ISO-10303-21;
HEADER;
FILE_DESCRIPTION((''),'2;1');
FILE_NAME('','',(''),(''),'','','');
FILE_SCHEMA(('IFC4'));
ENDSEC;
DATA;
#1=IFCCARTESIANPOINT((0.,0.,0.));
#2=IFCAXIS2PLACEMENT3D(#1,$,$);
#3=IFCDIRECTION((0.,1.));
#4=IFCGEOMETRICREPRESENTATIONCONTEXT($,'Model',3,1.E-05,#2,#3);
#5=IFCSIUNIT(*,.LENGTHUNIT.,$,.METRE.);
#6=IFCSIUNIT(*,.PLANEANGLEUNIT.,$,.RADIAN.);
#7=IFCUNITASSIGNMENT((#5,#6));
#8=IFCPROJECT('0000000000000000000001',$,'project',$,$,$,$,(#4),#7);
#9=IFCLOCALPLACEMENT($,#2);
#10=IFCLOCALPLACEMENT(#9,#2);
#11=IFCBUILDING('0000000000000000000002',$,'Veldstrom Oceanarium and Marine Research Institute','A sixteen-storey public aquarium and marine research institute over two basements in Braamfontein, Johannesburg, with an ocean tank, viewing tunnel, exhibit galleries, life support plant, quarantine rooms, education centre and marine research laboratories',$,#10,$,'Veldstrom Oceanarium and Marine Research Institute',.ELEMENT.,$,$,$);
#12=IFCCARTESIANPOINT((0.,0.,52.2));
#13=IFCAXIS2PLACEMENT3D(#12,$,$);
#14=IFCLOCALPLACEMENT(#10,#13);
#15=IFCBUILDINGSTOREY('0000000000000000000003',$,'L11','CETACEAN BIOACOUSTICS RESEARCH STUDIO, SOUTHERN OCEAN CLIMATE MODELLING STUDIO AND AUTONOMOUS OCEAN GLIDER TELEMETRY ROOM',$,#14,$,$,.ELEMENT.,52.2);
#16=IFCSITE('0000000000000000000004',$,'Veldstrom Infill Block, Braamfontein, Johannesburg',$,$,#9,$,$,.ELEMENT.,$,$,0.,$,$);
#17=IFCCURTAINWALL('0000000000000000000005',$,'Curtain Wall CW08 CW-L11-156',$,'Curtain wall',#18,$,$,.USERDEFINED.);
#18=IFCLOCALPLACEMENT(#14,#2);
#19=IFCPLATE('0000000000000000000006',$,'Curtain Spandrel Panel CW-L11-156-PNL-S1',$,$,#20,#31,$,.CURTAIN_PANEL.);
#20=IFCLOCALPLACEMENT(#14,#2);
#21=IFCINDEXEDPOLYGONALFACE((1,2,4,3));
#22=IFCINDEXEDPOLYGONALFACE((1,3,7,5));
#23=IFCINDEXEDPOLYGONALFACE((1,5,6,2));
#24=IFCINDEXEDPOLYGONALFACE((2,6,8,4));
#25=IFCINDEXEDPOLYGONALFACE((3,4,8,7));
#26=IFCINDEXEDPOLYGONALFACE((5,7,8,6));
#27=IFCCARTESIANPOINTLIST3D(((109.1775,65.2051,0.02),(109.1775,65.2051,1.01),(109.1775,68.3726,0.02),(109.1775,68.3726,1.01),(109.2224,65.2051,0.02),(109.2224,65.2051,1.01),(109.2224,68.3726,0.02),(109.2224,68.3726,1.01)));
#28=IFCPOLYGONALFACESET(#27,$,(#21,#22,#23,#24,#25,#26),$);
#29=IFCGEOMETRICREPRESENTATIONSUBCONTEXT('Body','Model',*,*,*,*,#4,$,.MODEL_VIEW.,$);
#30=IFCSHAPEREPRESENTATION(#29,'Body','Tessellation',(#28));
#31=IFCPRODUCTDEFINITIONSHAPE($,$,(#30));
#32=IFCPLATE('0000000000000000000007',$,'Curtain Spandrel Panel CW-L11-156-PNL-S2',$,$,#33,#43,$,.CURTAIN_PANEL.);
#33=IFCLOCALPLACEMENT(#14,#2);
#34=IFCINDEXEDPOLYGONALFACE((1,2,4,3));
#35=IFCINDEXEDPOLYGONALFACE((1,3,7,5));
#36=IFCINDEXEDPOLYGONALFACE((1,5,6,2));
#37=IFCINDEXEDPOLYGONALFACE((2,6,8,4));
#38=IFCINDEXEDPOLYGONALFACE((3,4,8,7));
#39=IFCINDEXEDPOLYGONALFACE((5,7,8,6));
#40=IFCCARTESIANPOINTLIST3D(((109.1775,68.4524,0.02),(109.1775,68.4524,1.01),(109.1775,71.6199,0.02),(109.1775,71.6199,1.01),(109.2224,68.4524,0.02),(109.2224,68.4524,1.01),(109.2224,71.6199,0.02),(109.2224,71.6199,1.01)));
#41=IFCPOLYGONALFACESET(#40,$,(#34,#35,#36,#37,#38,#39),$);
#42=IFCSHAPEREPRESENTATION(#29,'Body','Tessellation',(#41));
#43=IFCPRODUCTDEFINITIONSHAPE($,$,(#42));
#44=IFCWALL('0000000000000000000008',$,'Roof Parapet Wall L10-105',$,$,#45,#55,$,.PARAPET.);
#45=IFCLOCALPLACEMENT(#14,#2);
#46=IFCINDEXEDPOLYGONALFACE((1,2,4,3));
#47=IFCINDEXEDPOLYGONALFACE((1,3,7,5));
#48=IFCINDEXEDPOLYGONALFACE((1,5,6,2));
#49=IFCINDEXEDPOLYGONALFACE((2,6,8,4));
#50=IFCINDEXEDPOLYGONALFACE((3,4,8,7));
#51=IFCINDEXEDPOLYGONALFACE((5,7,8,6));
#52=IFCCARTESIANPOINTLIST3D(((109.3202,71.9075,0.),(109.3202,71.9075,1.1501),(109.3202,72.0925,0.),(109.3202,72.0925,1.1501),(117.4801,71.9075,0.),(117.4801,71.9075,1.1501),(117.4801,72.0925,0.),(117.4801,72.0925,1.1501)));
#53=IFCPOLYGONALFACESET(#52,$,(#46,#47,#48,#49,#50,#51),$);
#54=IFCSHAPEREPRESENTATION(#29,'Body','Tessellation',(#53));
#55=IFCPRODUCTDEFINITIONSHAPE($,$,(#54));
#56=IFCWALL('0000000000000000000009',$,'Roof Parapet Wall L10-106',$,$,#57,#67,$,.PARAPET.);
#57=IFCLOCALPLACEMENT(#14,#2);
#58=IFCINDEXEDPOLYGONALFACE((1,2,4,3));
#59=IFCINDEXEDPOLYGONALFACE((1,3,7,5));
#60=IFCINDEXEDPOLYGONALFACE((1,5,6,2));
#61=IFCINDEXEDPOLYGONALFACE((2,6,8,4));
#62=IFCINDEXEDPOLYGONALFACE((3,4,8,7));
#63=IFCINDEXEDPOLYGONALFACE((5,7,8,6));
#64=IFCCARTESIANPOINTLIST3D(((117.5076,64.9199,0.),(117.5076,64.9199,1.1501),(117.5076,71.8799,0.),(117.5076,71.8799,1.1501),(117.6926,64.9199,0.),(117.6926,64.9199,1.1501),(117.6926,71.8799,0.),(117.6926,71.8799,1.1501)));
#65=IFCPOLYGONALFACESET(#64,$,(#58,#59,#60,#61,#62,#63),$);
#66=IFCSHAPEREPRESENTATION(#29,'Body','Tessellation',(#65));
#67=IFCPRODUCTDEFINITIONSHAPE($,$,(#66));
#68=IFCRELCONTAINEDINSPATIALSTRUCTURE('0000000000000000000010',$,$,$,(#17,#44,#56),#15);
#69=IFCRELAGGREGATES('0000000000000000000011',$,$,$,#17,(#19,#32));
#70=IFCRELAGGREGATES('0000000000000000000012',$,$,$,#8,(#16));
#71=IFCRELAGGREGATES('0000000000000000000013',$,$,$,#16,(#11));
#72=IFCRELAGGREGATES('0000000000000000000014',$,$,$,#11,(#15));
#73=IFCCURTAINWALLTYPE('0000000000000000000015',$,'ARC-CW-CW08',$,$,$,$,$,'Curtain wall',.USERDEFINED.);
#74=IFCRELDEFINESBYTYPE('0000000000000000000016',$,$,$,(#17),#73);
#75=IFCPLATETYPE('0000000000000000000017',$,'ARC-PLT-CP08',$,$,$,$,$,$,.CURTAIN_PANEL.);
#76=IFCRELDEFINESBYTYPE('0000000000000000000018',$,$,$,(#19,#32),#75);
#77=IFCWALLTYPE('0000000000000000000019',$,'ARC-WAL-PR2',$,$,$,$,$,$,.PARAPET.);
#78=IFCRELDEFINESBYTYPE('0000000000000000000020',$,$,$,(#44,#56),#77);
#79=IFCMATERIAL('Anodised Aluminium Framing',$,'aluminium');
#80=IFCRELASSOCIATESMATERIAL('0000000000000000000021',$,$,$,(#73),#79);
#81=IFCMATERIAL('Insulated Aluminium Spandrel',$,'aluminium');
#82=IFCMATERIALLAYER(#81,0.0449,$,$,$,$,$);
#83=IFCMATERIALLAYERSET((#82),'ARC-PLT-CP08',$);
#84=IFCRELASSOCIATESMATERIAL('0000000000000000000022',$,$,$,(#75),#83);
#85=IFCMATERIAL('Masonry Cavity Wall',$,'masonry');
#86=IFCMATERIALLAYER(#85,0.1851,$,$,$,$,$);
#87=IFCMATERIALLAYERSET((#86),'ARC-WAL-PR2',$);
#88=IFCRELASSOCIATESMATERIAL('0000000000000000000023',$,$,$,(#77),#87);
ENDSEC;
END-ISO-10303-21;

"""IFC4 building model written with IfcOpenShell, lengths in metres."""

from ifc_helpers import new_model, si_unit, direction, frame, frame_2d, origin, origin_2d, place, context, subcontext, project, spatial, rectangle, extrude, material, layer, layer_set, type_object, element, aggregate, save


model = new_model("IFC4")

# Units and contexts
model_context = context("Model", 3, precision=1e-05, world=origin(), true_north=direction((0.0, 1.0)))
body_context = subcontext(model_context, "Body", "Model", "MODEL_VIEW")
ifc_project = project(units=[si_unit("LENGTHUNIT", "METRE"), si_unit("PLANEANGLEUNIT", "RADIAN")], contexts=[model_context])

# Site, building, storey
site_placement = place(None, origin())
site = spatial("IfcSite", under=ifc_project, at=site_placement, Name="Veldstrom Infill Block, Braamfontein, Johannesburg", CompositionType="ELEMENT", RefElevation=0.0)
building_placement = place(site_placement, origin())
building = spatial("IfcBuilding", under=site, at=building_placement, Name="Veldstrom Oceanarium and Marine Research Institute", Description="A sixteen-storey public aquarium and marine research institute over two basements in Braamfontein, Johannesburg, with an ocean tank, viewing tunnel, exhibit galleries, life support plant, quarantine rooms, education centre and marine research laboratories", LongName="Veldstrom Oceanarium and Marine Research Institute", CompositionType="ELEMENT")
storey_placement = place(building_placement, frame((0.0, 0.0, 52.2)))
storey = spatial("IfcBuildingStorey", under=building, at=storey_placement, Name="L11", Description="CETACEAN BIOACOUSTICS RESEARCH STUDIO, SOUTHERN OCEAN CLIMATE MODELLING STUDIO AND AUTONOMOUS OCEAN GLIDER TELEMETRY ROOM", CompositionType="ELEMENT", Elevation=52.2)

# Curtain wall
ifc_material_1 = material(Name="Anodised Aluminium Framing", Category="aluminium")
curtain_wall_type_1 = type_object("IfcCurtainWallType", Name="ARC-CW-CW08", ElementType="Curtain wall", PredefinedType="USERDEFINED", material=ifc_material_1)
curtain_wall_1_placement = place(storey_placement, origin())
curtain_wall_1 = element("IfcCurtainWall", 1, at=curtain_wall_1_placement, inside=storey, type_object=curtain_wall_type_1, Name="Curtain Wall CW08 CW-L11-156", ObjectType="Curtain wall", PredefinedType="USERDEFINED")

# Plates
ifc_material_2 = material(Name="Insulated Aluminium Spandrel", Category="aluminium")
ifc_layer_1 = layer(ifc_material_2, 0.0449)
ifc_layer_set_1 = layer_set([ifc_layer_1], Name="ARC-PLT-CP08")
plate_type_1 = type_object("IfcPlateType", Name="ARC-PLT-CP08", PredefinedType="CURTAIN_PANEL", material=ifc_layer_set_1)
plate_1_placement = place(storey_placement, frame((109.2, 66.7888, 0.02), z_axis=(0.0, 0.0, 1.0), x_axis=(0.0, 1.0, 0.0)))
plate_1 = element("IfcPlate", 2, at=plate_1_placement, type_object=plate_type_1, Name="Curtain Spandrel Panel CW-L11-156-PNL-S1", PredefinedType="CURTAIN_PANEL", context=body_context, shape_type="SweptSolid", body=[
    extrude(rectangle(XDim=3.1675, YDim=0.0449, at=origin_2d()), origin(), (0.0, 0.0, 1.0), 0.99),
])
plate_2_placement = place(storey_placement, frame((109.2, 70.0361, 0.02), z_axis=(0.0, 0.0, 1.0), x_axis=(0.0, 1.0, 0.0)))
plate_2 = element("IfcPlate", 3, at=plate_2_placement, type_object=plate_type_1, Name="Curtain Spandrel Panel CW-L11-156-PNL-S2", PredefinedType="CURTAIN_PANEL", context=body_context, shape_type="SweptSolid", body=[
    extrude(rectangle(XDim=3.1675, YDim=0.0449, at=origin_2d()), origin(), (0.0, 0.0, 1.0), 0.99),
])
aggregate(curtain_wall_1, [plate_1, plate_2])

# Walls
ifc_material_3 = material(Name="Masonry Cavity Wall", Category="masonry")
ifc_layer_2 = layer(ifc_material_3, 0.1851)
ifc_layer_set_2 = layer_set([ifc_layer_2], Name="ARC-WAL-PR2")
wall_type = type_object("IfcWallType", Name="ARC-WAL-PR2", PredefinedType="PARAPET", material=ifc_layer_set_2)
wall_1_placement = place(storey_placement, frame((109.3201, 72.0, 0.0), z_axis=(0.0, 0.0, 1.0), x_axis=(1.0, 0.0, 0.0)))
element("IfcWall", 4, at=wall_1_placement, inside=storey, type_object=wall_type, Name="Roof Parapet Wall L10-105", PredefinedType="PARAPET", context=body_context, shape_type="SweptSolid", body=[
    extrude(rectangle(XDim=8.1599, YDim=0.1851, at=frame_2d((4.0801, 0.0))), origin(), (0.0, 0.0, 1.0), 1.1501),
])
wall_2_placement = place(storey_placement, frame((117.6001, 64.9199, 0.0), z_axis=(0.0, 0.0, 1.0), x_axis=(0.0, 1.0, 0.0)))
element("IfcWall", 5, at=wall_2_placement, inside=storey, type_object=wall_type, Name="Roof Parapet Wall L10-106", PredefinedType="PARAPET", context=body_context, shape_type="SweptSolid", body=[
    extrude(rectangle(XDim=6.96, YDim=0.1851, at=frame_2d((3.48, 0.0))), origin(), (0.0, 0.0, 1.0), 1.1501),
])

save(model, "model.ifc")
